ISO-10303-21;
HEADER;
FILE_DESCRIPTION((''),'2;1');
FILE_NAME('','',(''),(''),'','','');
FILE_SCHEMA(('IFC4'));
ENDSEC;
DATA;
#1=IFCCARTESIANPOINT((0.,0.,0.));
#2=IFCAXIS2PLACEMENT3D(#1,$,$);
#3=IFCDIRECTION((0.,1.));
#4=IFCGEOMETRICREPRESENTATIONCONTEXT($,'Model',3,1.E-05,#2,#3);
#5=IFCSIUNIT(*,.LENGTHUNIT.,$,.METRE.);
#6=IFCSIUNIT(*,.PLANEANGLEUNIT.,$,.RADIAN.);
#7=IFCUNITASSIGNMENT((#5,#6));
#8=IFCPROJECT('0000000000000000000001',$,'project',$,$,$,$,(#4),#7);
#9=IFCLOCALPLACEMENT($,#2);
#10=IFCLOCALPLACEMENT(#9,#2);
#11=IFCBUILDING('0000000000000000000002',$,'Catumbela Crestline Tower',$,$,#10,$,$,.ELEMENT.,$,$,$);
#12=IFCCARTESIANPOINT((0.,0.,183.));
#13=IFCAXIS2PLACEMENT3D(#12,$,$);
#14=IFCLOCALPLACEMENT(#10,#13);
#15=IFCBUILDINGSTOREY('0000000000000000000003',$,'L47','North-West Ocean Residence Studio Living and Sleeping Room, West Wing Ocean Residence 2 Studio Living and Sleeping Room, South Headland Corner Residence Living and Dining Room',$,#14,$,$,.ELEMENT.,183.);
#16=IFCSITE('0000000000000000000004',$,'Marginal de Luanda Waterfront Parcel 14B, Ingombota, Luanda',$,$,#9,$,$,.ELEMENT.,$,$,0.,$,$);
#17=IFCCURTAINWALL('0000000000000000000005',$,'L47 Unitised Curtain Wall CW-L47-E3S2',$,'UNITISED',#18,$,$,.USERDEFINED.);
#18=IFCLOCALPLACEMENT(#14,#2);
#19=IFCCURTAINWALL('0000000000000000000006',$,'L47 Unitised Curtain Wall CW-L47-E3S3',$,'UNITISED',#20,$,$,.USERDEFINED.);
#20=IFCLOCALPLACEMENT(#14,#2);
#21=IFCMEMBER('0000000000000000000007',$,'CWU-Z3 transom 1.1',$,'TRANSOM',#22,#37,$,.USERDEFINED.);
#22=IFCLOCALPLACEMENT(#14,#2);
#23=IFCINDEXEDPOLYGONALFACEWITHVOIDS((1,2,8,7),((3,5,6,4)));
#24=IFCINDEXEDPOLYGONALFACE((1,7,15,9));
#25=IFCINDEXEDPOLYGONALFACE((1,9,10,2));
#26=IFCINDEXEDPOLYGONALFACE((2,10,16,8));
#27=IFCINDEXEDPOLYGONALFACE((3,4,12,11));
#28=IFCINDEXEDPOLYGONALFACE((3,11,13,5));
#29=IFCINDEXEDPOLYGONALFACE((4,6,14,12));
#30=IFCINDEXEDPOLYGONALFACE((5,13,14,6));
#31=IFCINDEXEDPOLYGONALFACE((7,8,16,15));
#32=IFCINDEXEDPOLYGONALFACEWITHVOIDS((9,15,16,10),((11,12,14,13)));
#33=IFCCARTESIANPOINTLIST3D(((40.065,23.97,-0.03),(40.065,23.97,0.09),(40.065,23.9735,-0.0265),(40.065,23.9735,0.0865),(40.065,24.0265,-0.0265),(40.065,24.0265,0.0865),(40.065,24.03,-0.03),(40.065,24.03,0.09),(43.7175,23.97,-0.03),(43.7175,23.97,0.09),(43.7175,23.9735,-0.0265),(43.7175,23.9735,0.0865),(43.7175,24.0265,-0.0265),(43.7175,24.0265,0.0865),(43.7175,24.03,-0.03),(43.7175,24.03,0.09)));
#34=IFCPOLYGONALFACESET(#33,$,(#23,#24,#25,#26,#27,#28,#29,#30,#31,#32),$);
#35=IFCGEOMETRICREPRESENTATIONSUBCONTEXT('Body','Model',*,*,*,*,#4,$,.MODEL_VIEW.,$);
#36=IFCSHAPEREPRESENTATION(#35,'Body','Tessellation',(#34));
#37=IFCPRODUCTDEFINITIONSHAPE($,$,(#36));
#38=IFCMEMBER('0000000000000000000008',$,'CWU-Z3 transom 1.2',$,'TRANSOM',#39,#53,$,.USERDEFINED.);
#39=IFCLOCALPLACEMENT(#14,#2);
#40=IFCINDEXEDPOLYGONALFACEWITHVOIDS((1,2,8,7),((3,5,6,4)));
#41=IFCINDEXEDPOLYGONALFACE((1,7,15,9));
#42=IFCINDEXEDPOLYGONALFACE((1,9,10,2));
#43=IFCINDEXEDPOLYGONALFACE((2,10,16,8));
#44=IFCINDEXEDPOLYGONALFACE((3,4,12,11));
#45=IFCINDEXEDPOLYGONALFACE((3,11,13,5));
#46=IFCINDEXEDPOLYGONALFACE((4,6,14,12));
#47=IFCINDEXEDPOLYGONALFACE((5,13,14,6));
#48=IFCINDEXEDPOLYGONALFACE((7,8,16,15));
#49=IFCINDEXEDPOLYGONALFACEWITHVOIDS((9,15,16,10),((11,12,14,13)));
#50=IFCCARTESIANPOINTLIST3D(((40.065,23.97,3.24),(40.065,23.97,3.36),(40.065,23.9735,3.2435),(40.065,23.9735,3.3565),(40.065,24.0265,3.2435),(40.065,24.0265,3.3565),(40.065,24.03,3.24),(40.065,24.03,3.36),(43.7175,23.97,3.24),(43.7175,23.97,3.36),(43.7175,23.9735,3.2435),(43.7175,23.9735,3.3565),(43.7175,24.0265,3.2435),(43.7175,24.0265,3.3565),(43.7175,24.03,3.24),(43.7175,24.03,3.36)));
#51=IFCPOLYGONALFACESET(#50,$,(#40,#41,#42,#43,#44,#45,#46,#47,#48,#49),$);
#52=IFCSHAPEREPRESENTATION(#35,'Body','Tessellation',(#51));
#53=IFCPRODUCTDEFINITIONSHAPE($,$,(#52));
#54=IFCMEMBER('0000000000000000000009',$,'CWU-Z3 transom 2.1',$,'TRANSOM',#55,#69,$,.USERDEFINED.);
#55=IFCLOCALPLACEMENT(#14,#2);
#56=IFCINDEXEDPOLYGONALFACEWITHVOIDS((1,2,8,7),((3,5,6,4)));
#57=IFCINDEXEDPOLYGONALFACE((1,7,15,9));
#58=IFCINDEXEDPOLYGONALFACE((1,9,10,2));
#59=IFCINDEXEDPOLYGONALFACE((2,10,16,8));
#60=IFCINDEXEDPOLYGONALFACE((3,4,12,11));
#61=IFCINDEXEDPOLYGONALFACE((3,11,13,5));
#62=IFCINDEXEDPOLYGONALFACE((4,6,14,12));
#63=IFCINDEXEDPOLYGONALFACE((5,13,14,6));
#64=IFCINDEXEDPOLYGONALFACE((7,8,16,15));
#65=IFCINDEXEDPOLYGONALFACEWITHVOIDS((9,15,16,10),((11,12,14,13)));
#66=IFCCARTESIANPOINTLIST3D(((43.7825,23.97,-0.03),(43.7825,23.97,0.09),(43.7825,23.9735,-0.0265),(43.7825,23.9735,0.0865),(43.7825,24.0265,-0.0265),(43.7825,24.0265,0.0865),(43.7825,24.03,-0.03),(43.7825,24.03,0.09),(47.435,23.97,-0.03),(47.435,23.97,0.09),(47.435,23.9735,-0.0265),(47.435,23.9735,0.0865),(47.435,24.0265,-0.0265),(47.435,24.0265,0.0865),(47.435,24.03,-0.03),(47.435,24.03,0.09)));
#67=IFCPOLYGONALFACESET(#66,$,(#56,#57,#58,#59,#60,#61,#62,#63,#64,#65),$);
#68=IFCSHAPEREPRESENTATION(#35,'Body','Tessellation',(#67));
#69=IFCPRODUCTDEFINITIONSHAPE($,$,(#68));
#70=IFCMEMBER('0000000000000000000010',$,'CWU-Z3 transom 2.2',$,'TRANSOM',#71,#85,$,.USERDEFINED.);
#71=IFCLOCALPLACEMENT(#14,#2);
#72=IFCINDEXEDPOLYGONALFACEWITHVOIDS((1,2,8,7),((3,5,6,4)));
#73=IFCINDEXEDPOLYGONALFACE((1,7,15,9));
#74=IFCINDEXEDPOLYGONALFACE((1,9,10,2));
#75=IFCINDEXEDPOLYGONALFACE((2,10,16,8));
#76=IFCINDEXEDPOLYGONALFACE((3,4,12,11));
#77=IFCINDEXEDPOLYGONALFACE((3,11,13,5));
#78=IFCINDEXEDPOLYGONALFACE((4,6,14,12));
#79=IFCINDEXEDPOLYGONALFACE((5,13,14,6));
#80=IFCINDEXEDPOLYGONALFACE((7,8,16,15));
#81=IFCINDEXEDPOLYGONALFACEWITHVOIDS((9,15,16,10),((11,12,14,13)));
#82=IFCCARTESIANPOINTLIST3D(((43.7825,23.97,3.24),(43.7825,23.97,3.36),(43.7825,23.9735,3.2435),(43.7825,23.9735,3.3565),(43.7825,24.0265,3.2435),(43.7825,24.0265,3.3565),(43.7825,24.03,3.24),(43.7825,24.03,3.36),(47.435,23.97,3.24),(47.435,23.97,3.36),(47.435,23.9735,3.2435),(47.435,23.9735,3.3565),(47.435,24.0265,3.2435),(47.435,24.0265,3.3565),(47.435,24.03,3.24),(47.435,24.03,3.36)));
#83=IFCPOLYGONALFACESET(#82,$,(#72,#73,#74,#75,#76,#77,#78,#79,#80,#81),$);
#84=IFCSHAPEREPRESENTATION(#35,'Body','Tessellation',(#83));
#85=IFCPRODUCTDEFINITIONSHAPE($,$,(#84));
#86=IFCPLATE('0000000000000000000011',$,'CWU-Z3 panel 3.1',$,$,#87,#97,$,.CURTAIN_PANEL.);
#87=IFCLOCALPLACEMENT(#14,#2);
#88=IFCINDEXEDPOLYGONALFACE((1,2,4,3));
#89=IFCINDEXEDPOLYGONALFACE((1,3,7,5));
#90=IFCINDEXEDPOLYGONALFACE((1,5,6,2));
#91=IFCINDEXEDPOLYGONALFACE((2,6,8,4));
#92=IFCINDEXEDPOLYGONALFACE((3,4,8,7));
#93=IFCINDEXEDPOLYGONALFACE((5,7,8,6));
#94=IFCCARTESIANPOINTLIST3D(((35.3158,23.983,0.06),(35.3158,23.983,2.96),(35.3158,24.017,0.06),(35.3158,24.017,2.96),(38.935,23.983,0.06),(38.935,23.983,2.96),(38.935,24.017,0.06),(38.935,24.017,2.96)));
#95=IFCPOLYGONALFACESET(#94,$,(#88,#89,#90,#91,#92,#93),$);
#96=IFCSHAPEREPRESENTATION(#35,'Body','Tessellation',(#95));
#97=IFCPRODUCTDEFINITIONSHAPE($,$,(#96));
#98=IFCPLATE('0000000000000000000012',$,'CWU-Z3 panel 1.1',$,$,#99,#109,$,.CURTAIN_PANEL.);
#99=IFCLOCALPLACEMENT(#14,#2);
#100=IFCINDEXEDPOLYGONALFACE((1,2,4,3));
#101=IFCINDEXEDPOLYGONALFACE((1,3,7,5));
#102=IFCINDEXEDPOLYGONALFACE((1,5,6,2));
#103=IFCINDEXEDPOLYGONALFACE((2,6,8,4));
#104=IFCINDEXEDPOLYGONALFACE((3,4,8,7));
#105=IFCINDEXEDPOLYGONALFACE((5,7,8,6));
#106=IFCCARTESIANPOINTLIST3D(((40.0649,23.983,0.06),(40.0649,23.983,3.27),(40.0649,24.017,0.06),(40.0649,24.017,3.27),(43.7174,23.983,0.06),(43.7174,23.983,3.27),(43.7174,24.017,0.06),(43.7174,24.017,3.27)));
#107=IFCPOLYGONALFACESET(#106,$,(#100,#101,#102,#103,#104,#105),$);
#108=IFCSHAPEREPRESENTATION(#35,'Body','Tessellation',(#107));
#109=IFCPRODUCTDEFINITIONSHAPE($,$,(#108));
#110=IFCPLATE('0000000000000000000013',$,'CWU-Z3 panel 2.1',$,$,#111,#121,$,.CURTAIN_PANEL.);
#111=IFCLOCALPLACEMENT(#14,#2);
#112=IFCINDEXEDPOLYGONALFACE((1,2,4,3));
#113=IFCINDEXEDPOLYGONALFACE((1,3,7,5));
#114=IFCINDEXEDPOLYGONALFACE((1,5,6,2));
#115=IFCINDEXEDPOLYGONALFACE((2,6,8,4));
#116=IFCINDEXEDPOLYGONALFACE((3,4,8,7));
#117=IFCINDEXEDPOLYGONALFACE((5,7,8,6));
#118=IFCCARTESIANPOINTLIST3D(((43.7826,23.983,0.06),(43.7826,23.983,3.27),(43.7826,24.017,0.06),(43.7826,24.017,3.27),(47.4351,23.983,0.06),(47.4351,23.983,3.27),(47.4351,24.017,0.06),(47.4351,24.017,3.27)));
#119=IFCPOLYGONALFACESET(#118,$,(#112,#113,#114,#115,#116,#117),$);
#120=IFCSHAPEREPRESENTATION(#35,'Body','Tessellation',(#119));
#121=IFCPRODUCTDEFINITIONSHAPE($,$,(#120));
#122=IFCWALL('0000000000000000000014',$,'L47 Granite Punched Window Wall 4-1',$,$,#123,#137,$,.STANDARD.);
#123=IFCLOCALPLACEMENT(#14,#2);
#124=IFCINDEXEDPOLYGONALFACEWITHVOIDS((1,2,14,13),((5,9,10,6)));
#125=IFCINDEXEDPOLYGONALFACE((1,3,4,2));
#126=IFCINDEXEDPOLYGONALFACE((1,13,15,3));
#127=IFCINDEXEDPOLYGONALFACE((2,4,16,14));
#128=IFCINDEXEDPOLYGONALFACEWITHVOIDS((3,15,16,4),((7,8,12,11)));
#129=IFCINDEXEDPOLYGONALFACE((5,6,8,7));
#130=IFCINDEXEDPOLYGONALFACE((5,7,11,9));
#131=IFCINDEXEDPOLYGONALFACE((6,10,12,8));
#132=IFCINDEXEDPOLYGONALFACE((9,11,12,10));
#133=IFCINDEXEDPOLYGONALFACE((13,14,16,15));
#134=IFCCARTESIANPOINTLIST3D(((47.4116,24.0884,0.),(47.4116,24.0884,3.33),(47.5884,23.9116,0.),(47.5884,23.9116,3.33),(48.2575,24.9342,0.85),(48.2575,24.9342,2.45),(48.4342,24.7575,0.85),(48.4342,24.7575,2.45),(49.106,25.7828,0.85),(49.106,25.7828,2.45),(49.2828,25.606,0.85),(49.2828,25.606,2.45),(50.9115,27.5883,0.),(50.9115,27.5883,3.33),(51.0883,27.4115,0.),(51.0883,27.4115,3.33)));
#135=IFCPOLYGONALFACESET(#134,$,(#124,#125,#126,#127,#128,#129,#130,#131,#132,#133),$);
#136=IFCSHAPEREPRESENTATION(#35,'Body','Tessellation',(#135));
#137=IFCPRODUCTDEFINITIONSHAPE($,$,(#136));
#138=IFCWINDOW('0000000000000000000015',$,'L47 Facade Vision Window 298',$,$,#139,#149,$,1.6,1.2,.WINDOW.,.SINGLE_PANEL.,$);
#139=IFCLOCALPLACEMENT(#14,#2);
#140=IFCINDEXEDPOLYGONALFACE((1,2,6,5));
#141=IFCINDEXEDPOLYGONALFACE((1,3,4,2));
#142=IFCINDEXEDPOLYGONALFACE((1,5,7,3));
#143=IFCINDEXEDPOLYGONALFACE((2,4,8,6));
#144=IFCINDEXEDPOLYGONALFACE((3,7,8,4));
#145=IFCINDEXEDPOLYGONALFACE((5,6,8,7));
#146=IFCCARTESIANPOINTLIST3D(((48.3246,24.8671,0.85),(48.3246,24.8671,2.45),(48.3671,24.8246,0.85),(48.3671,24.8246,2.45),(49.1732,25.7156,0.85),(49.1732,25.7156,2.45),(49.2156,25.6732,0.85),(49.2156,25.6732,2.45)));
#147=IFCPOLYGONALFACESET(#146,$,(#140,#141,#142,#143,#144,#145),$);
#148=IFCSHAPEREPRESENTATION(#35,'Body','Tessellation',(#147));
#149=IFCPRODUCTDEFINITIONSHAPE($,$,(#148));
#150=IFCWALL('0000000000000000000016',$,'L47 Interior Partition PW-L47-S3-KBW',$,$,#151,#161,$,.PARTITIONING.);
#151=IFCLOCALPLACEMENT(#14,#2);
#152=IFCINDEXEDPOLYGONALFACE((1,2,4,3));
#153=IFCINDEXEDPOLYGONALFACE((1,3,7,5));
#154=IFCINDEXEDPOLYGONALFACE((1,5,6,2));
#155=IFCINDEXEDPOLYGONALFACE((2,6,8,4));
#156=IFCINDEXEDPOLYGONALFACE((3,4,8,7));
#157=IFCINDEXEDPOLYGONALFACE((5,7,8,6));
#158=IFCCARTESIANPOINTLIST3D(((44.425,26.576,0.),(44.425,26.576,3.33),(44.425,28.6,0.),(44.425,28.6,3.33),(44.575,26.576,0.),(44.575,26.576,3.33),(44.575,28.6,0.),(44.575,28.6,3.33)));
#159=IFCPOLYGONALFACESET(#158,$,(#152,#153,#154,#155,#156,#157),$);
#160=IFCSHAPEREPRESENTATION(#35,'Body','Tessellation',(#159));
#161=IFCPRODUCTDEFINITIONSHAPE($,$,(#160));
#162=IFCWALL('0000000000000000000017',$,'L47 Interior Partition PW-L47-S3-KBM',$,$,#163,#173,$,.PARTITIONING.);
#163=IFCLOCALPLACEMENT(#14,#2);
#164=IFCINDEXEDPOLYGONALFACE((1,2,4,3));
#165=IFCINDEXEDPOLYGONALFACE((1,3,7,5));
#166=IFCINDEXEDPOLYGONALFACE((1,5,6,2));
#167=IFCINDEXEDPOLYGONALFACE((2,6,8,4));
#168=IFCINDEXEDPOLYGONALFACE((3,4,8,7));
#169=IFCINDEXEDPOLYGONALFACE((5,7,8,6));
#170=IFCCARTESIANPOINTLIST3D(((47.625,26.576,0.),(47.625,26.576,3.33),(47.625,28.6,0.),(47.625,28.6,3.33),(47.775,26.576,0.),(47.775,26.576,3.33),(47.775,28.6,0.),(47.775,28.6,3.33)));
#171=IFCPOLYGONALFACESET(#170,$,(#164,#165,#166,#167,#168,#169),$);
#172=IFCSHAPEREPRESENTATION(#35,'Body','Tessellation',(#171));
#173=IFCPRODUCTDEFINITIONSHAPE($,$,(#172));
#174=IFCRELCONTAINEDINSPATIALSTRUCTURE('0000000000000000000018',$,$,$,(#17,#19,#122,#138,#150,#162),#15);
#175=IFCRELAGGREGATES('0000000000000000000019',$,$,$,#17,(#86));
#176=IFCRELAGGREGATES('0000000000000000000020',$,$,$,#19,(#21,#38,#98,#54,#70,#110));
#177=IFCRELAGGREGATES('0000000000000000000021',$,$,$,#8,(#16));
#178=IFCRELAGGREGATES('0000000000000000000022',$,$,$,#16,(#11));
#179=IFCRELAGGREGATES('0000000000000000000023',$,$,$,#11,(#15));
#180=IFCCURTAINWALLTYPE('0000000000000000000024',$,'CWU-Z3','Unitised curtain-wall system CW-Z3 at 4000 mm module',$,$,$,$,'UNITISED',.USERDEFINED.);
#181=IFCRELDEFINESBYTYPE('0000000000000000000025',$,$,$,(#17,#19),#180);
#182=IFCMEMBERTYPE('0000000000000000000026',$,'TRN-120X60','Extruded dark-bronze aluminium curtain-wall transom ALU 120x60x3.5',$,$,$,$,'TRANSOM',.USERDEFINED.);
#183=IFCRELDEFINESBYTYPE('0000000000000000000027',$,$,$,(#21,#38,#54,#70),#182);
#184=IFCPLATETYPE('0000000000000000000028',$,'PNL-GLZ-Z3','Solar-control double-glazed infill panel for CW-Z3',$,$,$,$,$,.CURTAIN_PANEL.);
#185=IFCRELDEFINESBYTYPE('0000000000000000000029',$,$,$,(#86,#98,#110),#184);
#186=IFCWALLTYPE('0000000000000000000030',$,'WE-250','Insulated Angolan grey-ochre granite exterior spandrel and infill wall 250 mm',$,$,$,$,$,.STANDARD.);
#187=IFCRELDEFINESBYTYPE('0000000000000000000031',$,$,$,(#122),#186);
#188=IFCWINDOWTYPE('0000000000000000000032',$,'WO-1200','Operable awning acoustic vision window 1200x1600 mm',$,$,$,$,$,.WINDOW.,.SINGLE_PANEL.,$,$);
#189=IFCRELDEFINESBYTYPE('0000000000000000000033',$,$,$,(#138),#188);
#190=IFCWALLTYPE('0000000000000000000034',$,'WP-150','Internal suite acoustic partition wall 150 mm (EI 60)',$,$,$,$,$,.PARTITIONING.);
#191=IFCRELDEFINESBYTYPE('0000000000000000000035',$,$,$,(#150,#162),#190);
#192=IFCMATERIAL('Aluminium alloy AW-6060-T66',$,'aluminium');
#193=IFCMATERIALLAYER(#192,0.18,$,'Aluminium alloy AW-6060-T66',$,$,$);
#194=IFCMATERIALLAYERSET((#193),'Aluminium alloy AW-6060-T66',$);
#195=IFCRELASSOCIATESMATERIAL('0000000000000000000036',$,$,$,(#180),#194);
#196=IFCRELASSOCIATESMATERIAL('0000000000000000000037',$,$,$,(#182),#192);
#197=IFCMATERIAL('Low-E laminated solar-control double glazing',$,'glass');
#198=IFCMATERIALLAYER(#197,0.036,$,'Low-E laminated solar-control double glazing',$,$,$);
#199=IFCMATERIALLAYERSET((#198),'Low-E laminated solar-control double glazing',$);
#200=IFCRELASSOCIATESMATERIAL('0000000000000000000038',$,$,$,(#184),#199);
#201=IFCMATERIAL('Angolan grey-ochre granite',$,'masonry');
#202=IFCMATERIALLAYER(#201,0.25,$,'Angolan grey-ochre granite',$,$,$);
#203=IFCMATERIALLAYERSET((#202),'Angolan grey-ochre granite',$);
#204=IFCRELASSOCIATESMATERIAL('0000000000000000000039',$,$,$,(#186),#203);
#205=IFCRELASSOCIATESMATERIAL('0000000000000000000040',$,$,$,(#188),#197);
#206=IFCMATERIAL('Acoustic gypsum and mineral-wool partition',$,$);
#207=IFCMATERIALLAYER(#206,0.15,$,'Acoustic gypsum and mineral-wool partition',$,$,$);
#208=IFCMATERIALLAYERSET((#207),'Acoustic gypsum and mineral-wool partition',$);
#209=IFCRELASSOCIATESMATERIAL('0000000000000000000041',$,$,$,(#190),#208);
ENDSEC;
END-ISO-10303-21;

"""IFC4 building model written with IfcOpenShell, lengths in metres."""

from ifc_helpers import new_model, si_unit, direction, frame, frame_2d, origin, origin_2d, place, context, subcontext, project, spatial, rectangle, hollow_rectangle, extrude, material, layer, layer_set, material_profile, profile_set, type_object, element, fill, aggregate, save


model = new_model("IFC4")

# Units and contexts
model_context = context("Model", 3, precision=1e-05, world=origin(), true_north=direction((0.0, 1.0)))
body_context = subcontext(model_context, "Body", "Model", "MODEL_VIEW")
ifc_project = project(units=[si_unit("LENGTHUNIT", "METRE"), si_unit("PLANEANGLEUNIT", "RADIAN")], contexts=[model_context])

# Site, building, storey
site_placement = place(None, origin())
site = spatial("IfcSite", under=ifc_project, at=site_placement, Name="Marginal de Luanda Waterfront Parcel 14B, Ingombota, Luanda", CompositionType="ELEMENT", RefElevation=0.0)
building_placement = place(site_placement, origin())
building = spatial("IfcBuilding", under=site, at=building_placement, Name="Catumbela Crestline Tower", CompositionType="ELEMENT")
storey_placement = place(building_placement, frame((0.0, 0.0, 183.0)))
storey = spatial("IfcBuildingStorey", under=building, at=storey_placement, Name="L47", Description="North-West Ocean Residence Studio Living and Sleeping Room, West Wing Ocean Residence 2 Studio Living and Sleeping Room, South Headland Corner Residence Living and Dining Room", CompositionType="ELEMENT", Elevation=183.0)

# Curtain wall
ifc_material_1 = material(Name="Aluminium alloy AW-6060-T66", Category="aluminium")
ifc_layer_1 = layer(ifc_material_1, 0.18, Name="Aluminium alloy AW-6060-T66")
ifc_layer_set_1 = layer_set([ifc_layer_1], Name="Aluminium alloy AW-6060-T66")
curtain_wall_type = type_object("IfcCurtainWallType", Name="CWU-Z3", Description="Unitised curtain-wall system CW-Z3 at 4000 mm module", ElementType="UNITISED", PredefinedType="USERDEFINED", material=ifc_layer_set_1)
curtain_wall_1_placement = place(storey_placement, origin())
curtain_wall_1 = element("IfcCurtainWall", 1, at=curtain_wall_1_placement, inside=storey, type_object=curtain_wall_type, Name="L47 Unitised Curtain Wall CW-L47-E3S2", ObjectType="UNITISED", PredefinedType="USERDEFINED")

# Curtain wall, members
curtain_wall_2_placement = place(storey_placement, origin())
curtain_wall_2 = element("IfcCurtainWall", 2, at=curtain_wall_2_placement, inside=storey, type_object=curtain_wall_type, Name="L47 Unitised Curtain Wall CW-L47-E3S3", ObjectType="UNITISED", PredefinedType="USERDEFINED")
ifc_material_profile_1 = material_profile(ifc_material_1, hollow_rectangle(XDim=0.06, YDim=0.12, WallThickness=0.0035, at=origin_2d()), Name="ALU 120x60x3.5")
ifc_profile_set_1 = profile_set([ifc_material_profile_1], Name="Aluminium alloy AW-6060-T66")
member_type_1 = type_object("IfcMemberType", Name="TRN-120X60", Description="Extruded dark-bronze aluminium curtain-wall transom ALU 120x60x3.5", ElementType="TRANSOM", PredefinedType="USERDEFINED", material=ifc_profile_set_1)
member_1_placement = place(storey_placement, frame((40.065, 24.0, 0.03), z_axis=(1.0, 0.0, 0.0), x_axis=(0.0, 1.0, 0.0)))
member_1 = element("IfcMember", 3, at=member_1_placement, type_object=member_type_1, Name="CWU-Z3 transom 1.1", ObjectType="TRANSOM", PredefinedType="USERDEFINED", context=body_context, shape_type="SweptSolid", body=[
    extrude(hollow_rectangle(XDim=0.06, YDim=0.12, WallThickness=0.0035, at=origin_2d()), origin(), (0.0, 0.0, 1.0), 3.6525),
])
member_2_placement = place(storey_placement, frame((40.065, 24.0, 3.3), z_axis=(1.0, 0.0, 0.0), x_axis=(0.0, 1.0, 0.0)))
member_2 = element("IfcMember", 4, at=member_2_placement, type_object=member_type_1, Name="CWU-Z3 transom 1.2", ObjectType="TRANSOM", PredefinedType="USERDEFINED", context=body_context, shape_type="SweptSolid", body=[
    extrude(hollow_rectangle(XDim=0.06, YDim=0.12, WallThickness=0.0035, at=origin_2d()), origin(), (0.0, 0.0, 1.0), 3.6525),
])
member_3_placement = place(storey_placement, frame((43.7825, 24.0, 0.03), z_axis=(1.0, 0.0, 0.0), x_axis=(0.0, 1.0, 0.0)))
member_3 = element("IfcMember", 5, at=member_3_placement, type_object=member_type_1, Name="CWU-Z3 transom 2.1", ObjectType="TRANSOM", PredefinedType="USERDEFINED", context=body_context, shape_type="SweptSolid", body=[
    extrude(hollow_rectangle(XDim=0.06, YDim=0.12, WallThickness=0.0035, at=origin_2d()), origin(), (0.0, 0.0, 1.0), 3.6525),
])
member_4_placement = place(storey_placement, frame((43.7825, 24.0, 3.3), z_axis=(1.0, 0.0, 0.0), x_axis=(0.0, 1.0, 0.0)))
member_4 = element("IfcMember", 6, at=member_4_placement, type_object=member_type_1, Name="CWU-Z3 transom 2.2", ObjectType="TRANSOM", PredefinedType="USERDEFINED", context=body_context, shape_type="SweptSolid", body=[
    extrude(hollow_rectangle(XDim=0.06, YDim=0.12, WallThickness=0.0035, at=origin_2d()), origin(), (0.0, 0.0, 1.0), 3.6525),
])

# Plates
ifc_material_2 = material(Name="Low-E laminated solar-control double glazing", Category="glass")
ifc_layer_2 = layer(ifc_material_2, 0.036, Name="Low-E laminated solar-control double glazing")
ifc_layer_set_2 = layer_set([ifc_layer_2], Name="Low-E laminated solar-control double glazing")
plate_type = type_object("IfcPlateType", Name="PNL-GLZ-Z3", Description="Solar-control double-glazed infill panel for CW-Z3", PredefinedType="CURTAIN_PANEL", material=ifc_layer_set_2)
plate_1_placement = place(storey_placement, frame((37.1254, 24.0, 0.06), z_axis=(0.0, 0.0, 1.0), x_axis=(1.0, 0.0, 0.0)))
plate_1 = element("IfcPlate", 7, at=plate_1_placement, type_object=plate_type, Name="CWU-Z3 panel 3.1", PredefinedType="CURTAIN_PANEL", context=body_context, shape_type="SweptSolid", body=[
    extrude(rectangle(XDim=3.6192, YDim=0.034, at=origin_2d()), origin(), (0.0, 0.0, 1.0), 2.9),
])
aggregate(curtain_wall_1, [plate_1])
plate_2_placement = place(storey_placement, frame((41.8912, 24.0, 0.06), z_axis=(0.0, 0.0, 1.0), x_axis=(1.0, 0.0, 0.0)))
plate_2 = element("IfcPlate", 8, at=plate_2_placement, type_object=plate_type, Name="CWU-Z3 panel 1.1", PredefinedType="CURTAIN_PANEL", context=body_context, shape_type="SweptSolid", body=[
    extrude(rectangle(XDim=3.6525, YDim=0.034, at=origin_2d()), origin(), (0.0, 0.0, 1.0), 3.21),
])
plate_3_placement = place(storey_placement, frame((45.6088, 24.0, 0.06), z_axis=(0.0, 0.0, 1.0), x_axis=(1.0, 0.0, 0.0)))
plate_3 = element("IfcPlate", 9, at=plate_3_placement, type_object=plate_type, Name="CWU-Z3 panel 2.1", PredefinedType="CURTAIN_PANEL", context=body_context, shape_type="SweptSolid", body=[
    extrude(rectangle(XDim=3.6525, YDim=0.034, at=origin_2d()), origin(), (0.0, 0.0, 1.0), 3.21),
])
aggregate(curtain_wall_2, [member_1, member_2, plate_2, member_3, member_4, plate_3])

# Wall, opening, window
ifc_material_3 = material(Name="Angolan grey-ochre granite", Category="masonry")
ifc_layer_3 = layer(ifc_material_3, 0.25, Name="Angolan grey-ochre granite")
ifc_layer_set_3 = layer_set([ifc_layer_3], Name="Angolan grey-ochre granite")
wall_type_1 = type_object("IfcWallType", Name="WE-250", Description="Insulated Angolan grey-ochre granite exterior spandrel and infill wall 250 mm", PredefinedType="STANDARD", material=ifc_layer_set_3)
wall_1_placement = place(storey_placement, frame((47.5, 24.0, 0.0), z_axis=(0.0, 0.0, 1.0), x_axis=(0.707107, 0.707107, 0.0)))
wall_1 = element("IfcWall", 10, at=wall_1_placement, inside=storey, type_object=wall_type_1, Name="L47 Granite Punched Window Wall 4-1", PredefinedType="STANDARD", context=body_context, shape_type="SweptSolid", body=[
    extrude(rectangle(XDim=4.9497, YDim=0.25, at=frame_2d((2.4748, 0.0))), origin(), (0.0, 0.0, 1.0), 3.33),
])
opening_1_placement = place(wall_1_placement, frame((1.1962, 0.0, 0.85)))
opening_1 = element("IfcOpeningElement", 11, at=opening_1_placement, cuts=wall_1, PredefinedType="OPENING", context=body_context, shape_type="SweptSolid", body=[
    extrude(rectangle(XDim=1.2, YDim=1.6, at=frame_2d((0.6, 0.8))), frame((0.0, 0.135, 0.0), z_axis=(0.0, -1.0, 0.0), x_axis=(1.0, 0.0, 0.0)), (0.0, 0.0, 1.0), 0.27),
])
window_type = type_object("IfcWindowType", Name="WO-1200", Description="Operable awning acoustic vision window 1200x1600 mm", PartitioningType="SINGLE_PANEL", PredefinedType="WINDOW", material=ifc_material_2)
window_placement = place(opening_1_placement, origin())
window = element("IfcWindow", 12, at=window_placement, inside=storey, type_object=window_type, Name="L47 Facade Vision Window 298", OverallHeight=1.6, OverallWidth=1.2, PartitioningType="SINGLE_PANEL", PredefinedType="WINDOW", context=body_context, shape_type="SweptSolid", body=[
    extrude(rectangle(XDim=1.2, YDim=1.6, at=frame_2d((0.6, 0.8))), frame((0.0, 0.03, 0.0), z_axis=(0.0, -1.0, 0.0), x_axis=(1.0, 0.0, 0.0)), (0.0, 0.0, 1.0), 0.06),
])
fill(opening_1, window)

# Walls
ifc_material_4 = material(Name="Acoustic gypsum and mineral-wool partition")
ifc_layer_4 = layer(ifc_material_4, 0.15, Name="Acoustic gypsum and mineral-wool partition")
ifc_layer_set_4 = layer_set([ifc_layer_4], Name="Acoustic gypsum and mineral-wool partition")
wall_type_2 = type_object("IfcWallType", Name="WP-150", Description="Internal suite acoustic partition wall 150 mm (EI 60)", PredefinedType="PARTITIONING", material=ifc_layer_set_4)
for number, where, z_axis, x_axis, name in (
    (13, (44.5, 26.576, 0.0), (0.0, 0.0, 1.0), (0.0, 1.0, 0.0), "L47 Interior Partition PW-L47-S3-KBW"),
    (14, (47.7, 26.576, 0.0), (0.0, 0.0, 1.0), (0.0, 1.0, 0.0), "L47 Interior Partition PW-L47-S3-KBM"),
):
    element("IfcWall", number, at=place(storey_placement, frame(where, z_axis=z_axis, x_axis=x_axis)), inside=storey, type_object=wall_type_2, Name=name, PredefinedType="PARTITIONING", context=body_context, shape_type="SweptSolid", body=[
        extrude(rectangle(XDim=2.024, YDim=0.15, at=frame_2d((1.012, 0.0))), origin(), (0.0, 0.0, 1.0), 3.33),
    ])

save(model, "model.ifc")
